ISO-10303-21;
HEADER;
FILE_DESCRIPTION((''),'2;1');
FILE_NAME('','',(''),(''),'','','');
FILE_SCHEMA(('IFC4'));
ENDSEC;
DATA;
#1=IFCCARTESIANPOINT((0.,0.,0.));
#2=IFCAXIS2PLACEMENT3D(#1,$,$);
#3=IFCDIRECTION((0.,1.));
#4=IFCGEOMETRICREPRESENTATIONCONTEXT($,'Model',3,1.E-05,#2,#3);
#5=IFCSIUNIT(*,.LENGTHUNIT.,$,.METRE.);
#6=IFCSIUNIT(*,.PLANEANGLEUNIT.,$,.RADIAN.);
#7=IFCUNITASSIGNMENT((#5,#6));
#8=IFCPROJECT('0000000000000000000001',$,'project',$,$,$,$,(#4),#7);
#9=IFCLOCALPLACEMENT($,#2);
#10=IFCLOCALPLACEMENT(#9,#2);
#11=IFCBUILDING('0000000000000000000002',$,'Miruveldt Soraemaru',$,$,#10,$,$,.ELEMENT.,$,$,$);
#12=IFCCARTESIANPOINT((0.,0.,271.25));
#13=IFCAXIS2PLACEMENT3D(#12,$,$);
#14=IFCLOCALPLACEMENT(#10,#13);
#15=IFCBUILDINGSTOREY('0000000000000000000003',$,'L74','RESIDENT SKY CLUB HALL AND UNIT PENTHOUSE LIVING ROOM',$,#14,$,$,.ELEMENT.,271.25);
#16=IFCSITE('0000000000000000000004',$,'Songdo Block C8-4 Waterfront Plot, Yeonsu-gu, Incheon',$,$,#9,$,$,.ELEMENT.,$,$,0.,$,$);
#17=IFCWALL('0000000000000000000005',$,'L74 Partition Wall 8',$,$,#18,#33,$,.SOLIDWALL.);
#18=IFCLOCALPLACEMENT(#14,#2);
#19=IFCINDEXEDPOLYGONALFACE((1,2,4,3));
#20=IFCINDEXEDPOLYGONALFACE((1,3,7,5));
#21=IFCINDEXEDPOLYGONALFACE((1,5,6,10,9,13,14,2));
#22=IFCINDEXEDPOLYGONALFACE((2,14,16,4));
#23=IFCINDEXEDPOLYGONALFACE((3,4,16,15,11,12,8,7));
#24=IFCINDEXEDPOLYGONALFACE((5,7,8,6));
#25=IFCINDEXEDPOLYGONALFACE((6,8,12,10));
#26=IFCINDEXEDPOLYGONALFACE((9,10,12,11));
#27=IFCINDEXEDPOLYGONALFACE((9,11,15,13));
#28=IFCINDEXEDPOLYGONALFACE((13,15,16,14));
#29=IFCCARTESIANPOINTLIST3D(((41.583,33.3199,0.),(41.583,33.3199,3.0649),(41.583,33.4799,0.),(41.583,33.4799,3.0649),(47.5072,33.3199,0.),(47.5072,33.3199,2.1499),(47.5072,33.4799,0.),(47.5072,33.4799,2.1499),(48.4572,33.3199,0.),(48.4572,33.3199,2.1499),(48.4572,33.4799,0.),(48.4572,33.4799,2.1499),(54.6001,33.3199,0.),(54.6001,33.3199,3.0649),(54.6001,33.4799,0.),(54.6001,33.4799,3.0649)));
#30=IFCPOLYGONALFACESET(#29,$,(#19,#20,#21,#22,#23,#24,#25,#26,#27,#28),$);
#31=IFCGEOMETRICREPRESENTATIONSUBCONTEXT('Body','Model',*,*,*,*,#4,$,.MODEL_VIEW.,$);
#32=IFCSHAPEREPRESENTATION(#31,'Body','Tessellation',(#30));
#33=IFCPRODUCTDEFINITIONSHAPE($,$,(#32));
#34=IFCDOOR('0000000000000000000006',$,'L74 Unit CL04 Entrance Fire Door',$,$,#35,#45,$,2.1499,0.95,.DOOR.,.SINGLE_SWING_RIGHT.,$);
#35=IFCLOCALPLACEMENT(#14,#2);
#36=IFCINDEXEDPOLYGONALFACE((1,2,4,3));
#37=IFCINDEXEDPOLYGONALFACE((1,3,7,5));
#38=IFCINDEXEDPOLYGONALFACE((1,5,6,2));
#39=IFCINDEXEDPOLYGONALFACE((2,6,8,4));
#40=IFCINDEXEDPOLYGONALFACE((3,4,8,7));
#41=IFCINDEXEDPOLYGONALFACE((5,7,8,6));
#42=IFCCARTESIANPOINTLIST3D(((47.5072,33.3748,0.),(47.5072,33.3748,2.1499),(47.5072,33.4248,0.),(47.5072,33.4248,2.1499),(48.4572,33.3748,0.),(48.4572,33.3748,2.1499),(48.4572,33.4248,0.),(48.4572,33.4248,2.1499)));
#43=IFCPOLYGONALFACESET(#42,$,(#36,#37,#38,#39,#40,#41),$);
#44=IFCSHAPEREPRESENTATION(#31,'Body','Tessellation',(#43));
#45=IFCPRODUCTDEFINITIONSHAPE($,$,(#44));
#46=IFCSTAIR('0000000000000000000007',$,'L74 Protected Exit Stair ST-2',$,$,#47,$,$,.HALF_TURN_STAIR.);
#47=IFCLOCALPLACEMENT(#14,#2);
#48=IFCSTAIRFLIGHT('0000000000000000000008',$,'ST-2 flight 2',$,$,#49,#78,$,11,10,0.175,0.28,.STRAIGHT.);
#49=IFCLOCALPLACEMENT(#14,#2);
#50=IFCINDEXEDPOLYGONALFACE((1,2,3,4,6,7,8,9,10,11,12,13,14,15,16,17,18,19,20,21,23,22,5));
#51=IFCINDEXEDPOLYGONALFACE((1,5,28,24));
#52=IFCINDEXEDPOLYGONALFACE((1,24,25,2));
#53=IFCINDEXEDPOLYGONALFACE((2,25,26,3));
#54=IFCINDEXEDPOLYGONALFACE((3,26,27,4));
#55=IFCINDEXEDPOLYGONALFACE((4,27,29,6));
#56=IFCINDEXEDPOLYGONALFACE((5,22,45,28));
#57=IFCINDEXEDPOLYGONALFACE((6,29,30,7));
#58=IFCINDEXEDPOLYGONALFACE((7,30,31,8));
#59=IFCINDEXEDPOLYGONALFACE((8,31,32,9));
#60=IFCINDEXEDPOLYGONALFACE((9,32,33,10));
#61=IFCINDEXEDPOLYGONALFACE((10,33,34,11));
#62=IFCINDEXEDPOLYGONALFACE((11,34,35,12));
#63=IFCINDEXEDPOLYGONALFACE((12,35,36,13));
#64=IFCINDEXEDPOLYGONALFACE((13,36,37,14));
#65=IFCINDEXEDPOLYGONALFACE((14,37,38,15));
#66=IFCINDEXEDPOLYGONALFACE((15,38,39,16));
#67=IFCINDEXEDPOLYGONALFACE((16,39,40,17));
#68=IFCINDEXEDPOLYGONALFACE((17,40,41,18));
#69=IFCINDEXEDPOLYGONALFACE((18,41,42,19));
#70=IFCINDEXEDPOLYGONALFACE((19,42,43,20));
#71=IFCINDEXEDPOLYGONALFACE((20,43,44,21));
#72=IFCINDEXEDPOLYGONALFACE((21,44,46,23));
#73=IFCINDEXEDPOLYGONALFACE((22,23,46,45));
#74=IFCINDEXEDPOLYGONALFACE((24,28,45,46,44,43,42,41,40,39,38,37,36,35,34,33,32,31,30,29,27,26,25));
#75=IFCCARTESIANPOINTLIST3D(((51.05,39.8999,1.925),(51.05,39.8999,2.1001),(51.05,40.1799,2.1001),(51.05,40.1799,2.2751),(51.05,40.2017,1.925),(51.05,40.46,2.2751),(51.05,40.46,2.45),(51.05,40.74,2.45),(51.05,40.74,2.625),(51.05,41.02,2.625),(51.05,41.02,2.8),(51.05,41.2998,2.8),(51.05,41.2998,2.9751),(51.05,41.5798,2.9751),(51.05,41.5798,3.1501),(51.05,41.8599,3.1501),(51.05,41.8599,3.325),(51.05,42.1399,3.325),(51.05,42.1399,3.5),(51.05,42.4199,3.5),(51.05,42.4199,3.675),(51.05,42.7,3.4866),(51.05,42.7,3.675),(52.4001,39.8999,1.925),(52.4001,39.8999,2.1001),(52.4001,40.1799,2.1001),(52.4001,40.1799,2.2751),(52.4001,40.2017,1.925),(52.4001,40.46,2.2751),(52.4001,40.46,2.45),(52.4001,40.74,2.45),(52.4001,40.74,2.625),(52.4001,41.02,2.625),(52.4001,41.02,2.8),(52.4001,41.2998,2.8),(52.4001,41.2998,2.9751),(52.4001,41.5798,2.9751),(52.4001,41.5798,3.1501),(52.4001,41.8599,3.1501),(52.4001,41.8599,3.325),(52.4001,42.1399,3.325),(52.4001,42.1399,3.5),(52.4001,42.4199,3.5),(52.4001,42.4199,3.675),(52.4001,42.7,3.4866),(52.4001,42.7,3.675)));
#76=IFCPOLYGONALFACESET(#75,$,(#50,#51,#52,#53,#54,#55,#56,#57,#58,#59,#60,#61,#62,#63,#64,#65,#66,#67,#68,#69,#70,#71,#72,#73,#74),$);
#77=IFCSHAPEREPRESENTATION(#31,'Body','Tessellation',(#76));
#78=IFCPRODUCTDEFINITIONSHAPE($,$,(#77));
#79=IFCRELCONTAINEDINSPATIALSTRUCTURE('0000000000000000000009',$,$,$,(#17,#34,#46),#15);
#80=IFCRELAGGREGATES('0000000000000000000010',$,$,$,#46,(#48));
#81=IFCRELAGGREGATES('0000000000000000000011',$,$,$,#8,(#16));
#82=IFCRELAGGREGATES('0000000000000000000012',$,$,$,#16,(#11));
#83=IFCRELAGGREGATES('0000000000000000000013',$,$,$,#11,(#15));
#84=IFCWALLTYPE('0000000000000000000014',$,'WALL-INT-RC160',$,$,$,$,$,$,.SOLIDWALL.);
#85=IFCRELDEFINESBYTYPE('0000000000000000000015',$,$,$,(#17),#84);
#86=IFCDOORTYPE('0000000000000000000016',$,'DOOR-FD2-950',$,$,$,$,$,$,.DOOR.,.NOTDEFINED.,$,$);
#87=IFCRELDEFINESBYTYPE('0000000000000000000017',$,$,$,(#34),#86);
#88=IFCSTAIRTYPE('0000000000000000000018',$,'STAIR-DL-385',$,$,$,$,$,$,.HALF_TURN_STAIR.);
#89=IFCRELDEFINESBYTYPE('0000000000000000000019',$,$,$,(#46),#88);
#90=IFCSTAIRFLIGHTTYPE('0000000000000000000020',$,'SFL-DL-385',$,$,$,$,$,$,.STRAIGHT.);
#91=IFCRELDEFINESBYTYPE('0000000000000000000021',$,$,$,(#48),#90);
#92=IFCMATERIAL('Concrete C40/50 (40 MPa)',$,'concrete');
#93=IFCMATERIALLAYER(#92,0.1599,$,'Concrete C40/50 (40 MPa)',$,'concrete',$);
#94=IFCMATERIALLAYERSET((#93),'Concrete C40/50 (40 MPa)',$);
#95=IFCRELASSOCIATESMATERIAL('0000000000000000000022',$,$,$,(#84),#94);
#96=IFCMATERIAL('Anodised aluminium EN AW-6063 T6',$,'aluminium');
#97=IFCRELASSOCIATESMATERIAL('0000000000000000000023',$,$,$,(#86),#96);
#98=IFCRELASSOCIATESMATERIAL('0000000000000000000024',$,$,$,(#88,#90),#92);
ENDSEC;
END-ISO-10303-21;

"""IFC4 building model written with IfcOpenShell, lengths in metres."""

from ifc_helpers import new_model, si_unit, direction, frame, frame_2d, origin, place, context, subcontext, project, spatial, polyline, rectangle, outline, extrude, material, layer, layer_set, type_object, element, fill, aggregate, save


model = new_model("IFC4")

# Units and contexts
model_context = context("Model", 3, precision=1e-05, world=origin(), true_north=direction((0.0, 1.0)))
body_context = subcontext(model_context, "Body", "Model", "MODEL_VIEW")
ifc_project = project(units=[si_unit("LENGTHUNIT", "METRE"), si_unit("PLANEANGLEUNIT", "RADIAN")], contexts=[model_context])

# Site, building, storey
site_placement = place(None, origin())
site = spatial("IfcSite", under=ifc_project, at=site_placement, Name="Songdo Block C8-4 Waterfront Plot, Yeonsu-gu, Incheon", CompositionType="ELEMENT", RefElevation=0.0)
building_placement = place(site_placement, origin())
building = spatial("IfcBuilding", under=site, at=building_placement, Name="Miruveldt Soraemaru", CompositionType="ELEMENT")
storey_placement = place(building_placement, frame((0.0, 0.0, 271.25)))
storey = spatial("IfcBuildingStorey", under=building, at=storey_placement, Name="L74", Description="RESIDENT SKY CLUB HALL AND UNIT PENTHOUSE LIVING ROOM", CompositionType="ELEMENT", Elevation=271.25)

# Shared definitions
ifc_material_1 = material(Name="Anodised aluminium EN AW-6063 T6", Category="aluminium")

# Wall, opening, door
ifc_material_2 = material(Name="Concrete C40/50 (40 MPa)", Category="concrete")
ifc_layer_1 = layer(ifc_material_2, 0.1599, Name="Concrete C40/50 (40 MPa)", Category="concrete")
ifc_layer_set_1 = layer_set([ifc_layer_1], Name="Concrete C40/50 (40 MPa)")
wall_type_1 = type_object("IfcWallType", Name="WALL-INT-RC160", PredefinedType="SOLIDWALL", material=ifc_layer_set_1)
wall_1_placement = place(storey_placement, frame((41.583, 33.3999, 0.0), z_axis=(0.0, 0.0, 1.0), x_axis=(1.0, 0.0, 0.0)))
wall_1 = element("IfcWall", 1, at=wall_1_placement, inside=storey, type_object=wall_type_1, Name="L74 Partition Wall 8", PredefinedType="SOLIDWALL", context=body_context, shape_type="SweptSolid", body=[
    extrude(rectangle(XDim=13.0171, YDim=0.1599, at=frame_2d((6.5085, 0.0))), origin(), (0.0, 0.0, 1.0), 3.0649),
])
opening_1_placement = place(wall_1_placement, frame((5.9241, 0.0, 0.0)))
opening_1 = element("IfcOpeningElement", 2, at=opening_1_placement, cuts=wall_1, PredefinedType="OPENING", context=body_context, shape_type="SweptSolid", body=[
    extrude(rectangle(XDim=0.95, YDim=2.1499, at=frame_2d((0.4751, 1.075))), frame((0.0, 0.0898, 0.0), z_axis=(0.0, -1.0, 0.0), x_axis=(1.0, 0.0, 0.0)), (0.0, 0.0, 1.0), 0.1799),
])
door_type_1 = type_object("IfcDoorType", Name="DOOR-FD2-950", OperationType="NOTDEFINED", PredefinedType="DOOR", material=ifc_material_1)
door_1_placement = place(opening_1_placement, origin())
door_1 = element("IfcDoor", 3, at=door_1_placement, inside=storey, type_object=door_type_1, Name="L74 Unit CL04 Entrance Fire Door", OperationType="SINGLE_SWING_RIGHT", OverallHeight=2.1499, OverallWidth=0.95, PredefinedType="DOOR", context=body_context, shape_type="SweptSolid", body=[
    extrude(rectangle(XDim=0.95, YDim=2.1499, at=frame_2d((0.4751, 1.075))), frame((0.0, 0.0249, 0.0), z_axis=(0.0, -1.0, 0.0), x_axis=(1.0, 0.0, 0.0)), (0.0, 0.0, 1.0), 0.05),
])
fill(opening_1, door_1)

# Stair, stair flight
stair_type = type_object("IfcStairType", Name="STAIR-DL-385", PredefinedType="HALF_TURN_STAIR", material=ifc_material_2)
stair_placement = place(storey_placement, origin())
stair = element("IfcStair", 4, at=stair_placement, inside=storey, type_object=stair_type, Name="L74 Protected Exit Stair ST-2", PredefinedType="HALF_TURN_STAIR")
stair_flight_type = type_object("IfcStairFlightType", Name="SFL-DL-385", PredefinedType="STRAIGHT", material=ifc_material_2)
stair_flight_placement = place(storey_placement, frame((51.7251, 39.8999, 1.925), z_axis=(0.0, 0.0, 1.0), x_axis=(0.0, 1.0, 0.0)))
stair_flight = element("IfcStairFlight", 5, at=stair_flight_placement, type_object=stair_flight_type, Name="ST-2 flight 2", NumberOfRisers=11, NumberOfTreads=10, PredefinedType="STRAIGHT", RiserHeight=0.175, TreadLength=0.28, context=body_context, shape_type="SweptSolid", body=[
    extrude(outline(polyline([(0.0, 0.0), (0.0, 0.175), (0.28, 0.175), (0.28, 0.3501), (0.5601, 0.3501), (0.5601, 0.5249), (0.8401, 0.5249), (0.8401, 0.7), (1.1201, 0.7), (1.1201, 0.875), (1.3999, 0.875), (1.3999, 1.05), (1.6799, 1.05), (1.6799, 1.2251), (1.96, 1.2251), (1.96, 1.3999), (2.24, 1.3999), (2.24, 1.575), (2.52, 1.575), (2.52, 1.75), (2.8, 1.75), (2.8, 1.925), (2.8, 1.5615), (0.3018, 0.0), (0.0, 0.0)])), frame((0.0, 0.675, 0.0), z_axis=(0.0, -1.0, 0.0), x_axis=(1.0, 0.0, 0.0)), (0.0, 0.0, 1.0), 1.3501),
])
aggregate(stair, [stair_flight])

save(model, "model.ifc")
